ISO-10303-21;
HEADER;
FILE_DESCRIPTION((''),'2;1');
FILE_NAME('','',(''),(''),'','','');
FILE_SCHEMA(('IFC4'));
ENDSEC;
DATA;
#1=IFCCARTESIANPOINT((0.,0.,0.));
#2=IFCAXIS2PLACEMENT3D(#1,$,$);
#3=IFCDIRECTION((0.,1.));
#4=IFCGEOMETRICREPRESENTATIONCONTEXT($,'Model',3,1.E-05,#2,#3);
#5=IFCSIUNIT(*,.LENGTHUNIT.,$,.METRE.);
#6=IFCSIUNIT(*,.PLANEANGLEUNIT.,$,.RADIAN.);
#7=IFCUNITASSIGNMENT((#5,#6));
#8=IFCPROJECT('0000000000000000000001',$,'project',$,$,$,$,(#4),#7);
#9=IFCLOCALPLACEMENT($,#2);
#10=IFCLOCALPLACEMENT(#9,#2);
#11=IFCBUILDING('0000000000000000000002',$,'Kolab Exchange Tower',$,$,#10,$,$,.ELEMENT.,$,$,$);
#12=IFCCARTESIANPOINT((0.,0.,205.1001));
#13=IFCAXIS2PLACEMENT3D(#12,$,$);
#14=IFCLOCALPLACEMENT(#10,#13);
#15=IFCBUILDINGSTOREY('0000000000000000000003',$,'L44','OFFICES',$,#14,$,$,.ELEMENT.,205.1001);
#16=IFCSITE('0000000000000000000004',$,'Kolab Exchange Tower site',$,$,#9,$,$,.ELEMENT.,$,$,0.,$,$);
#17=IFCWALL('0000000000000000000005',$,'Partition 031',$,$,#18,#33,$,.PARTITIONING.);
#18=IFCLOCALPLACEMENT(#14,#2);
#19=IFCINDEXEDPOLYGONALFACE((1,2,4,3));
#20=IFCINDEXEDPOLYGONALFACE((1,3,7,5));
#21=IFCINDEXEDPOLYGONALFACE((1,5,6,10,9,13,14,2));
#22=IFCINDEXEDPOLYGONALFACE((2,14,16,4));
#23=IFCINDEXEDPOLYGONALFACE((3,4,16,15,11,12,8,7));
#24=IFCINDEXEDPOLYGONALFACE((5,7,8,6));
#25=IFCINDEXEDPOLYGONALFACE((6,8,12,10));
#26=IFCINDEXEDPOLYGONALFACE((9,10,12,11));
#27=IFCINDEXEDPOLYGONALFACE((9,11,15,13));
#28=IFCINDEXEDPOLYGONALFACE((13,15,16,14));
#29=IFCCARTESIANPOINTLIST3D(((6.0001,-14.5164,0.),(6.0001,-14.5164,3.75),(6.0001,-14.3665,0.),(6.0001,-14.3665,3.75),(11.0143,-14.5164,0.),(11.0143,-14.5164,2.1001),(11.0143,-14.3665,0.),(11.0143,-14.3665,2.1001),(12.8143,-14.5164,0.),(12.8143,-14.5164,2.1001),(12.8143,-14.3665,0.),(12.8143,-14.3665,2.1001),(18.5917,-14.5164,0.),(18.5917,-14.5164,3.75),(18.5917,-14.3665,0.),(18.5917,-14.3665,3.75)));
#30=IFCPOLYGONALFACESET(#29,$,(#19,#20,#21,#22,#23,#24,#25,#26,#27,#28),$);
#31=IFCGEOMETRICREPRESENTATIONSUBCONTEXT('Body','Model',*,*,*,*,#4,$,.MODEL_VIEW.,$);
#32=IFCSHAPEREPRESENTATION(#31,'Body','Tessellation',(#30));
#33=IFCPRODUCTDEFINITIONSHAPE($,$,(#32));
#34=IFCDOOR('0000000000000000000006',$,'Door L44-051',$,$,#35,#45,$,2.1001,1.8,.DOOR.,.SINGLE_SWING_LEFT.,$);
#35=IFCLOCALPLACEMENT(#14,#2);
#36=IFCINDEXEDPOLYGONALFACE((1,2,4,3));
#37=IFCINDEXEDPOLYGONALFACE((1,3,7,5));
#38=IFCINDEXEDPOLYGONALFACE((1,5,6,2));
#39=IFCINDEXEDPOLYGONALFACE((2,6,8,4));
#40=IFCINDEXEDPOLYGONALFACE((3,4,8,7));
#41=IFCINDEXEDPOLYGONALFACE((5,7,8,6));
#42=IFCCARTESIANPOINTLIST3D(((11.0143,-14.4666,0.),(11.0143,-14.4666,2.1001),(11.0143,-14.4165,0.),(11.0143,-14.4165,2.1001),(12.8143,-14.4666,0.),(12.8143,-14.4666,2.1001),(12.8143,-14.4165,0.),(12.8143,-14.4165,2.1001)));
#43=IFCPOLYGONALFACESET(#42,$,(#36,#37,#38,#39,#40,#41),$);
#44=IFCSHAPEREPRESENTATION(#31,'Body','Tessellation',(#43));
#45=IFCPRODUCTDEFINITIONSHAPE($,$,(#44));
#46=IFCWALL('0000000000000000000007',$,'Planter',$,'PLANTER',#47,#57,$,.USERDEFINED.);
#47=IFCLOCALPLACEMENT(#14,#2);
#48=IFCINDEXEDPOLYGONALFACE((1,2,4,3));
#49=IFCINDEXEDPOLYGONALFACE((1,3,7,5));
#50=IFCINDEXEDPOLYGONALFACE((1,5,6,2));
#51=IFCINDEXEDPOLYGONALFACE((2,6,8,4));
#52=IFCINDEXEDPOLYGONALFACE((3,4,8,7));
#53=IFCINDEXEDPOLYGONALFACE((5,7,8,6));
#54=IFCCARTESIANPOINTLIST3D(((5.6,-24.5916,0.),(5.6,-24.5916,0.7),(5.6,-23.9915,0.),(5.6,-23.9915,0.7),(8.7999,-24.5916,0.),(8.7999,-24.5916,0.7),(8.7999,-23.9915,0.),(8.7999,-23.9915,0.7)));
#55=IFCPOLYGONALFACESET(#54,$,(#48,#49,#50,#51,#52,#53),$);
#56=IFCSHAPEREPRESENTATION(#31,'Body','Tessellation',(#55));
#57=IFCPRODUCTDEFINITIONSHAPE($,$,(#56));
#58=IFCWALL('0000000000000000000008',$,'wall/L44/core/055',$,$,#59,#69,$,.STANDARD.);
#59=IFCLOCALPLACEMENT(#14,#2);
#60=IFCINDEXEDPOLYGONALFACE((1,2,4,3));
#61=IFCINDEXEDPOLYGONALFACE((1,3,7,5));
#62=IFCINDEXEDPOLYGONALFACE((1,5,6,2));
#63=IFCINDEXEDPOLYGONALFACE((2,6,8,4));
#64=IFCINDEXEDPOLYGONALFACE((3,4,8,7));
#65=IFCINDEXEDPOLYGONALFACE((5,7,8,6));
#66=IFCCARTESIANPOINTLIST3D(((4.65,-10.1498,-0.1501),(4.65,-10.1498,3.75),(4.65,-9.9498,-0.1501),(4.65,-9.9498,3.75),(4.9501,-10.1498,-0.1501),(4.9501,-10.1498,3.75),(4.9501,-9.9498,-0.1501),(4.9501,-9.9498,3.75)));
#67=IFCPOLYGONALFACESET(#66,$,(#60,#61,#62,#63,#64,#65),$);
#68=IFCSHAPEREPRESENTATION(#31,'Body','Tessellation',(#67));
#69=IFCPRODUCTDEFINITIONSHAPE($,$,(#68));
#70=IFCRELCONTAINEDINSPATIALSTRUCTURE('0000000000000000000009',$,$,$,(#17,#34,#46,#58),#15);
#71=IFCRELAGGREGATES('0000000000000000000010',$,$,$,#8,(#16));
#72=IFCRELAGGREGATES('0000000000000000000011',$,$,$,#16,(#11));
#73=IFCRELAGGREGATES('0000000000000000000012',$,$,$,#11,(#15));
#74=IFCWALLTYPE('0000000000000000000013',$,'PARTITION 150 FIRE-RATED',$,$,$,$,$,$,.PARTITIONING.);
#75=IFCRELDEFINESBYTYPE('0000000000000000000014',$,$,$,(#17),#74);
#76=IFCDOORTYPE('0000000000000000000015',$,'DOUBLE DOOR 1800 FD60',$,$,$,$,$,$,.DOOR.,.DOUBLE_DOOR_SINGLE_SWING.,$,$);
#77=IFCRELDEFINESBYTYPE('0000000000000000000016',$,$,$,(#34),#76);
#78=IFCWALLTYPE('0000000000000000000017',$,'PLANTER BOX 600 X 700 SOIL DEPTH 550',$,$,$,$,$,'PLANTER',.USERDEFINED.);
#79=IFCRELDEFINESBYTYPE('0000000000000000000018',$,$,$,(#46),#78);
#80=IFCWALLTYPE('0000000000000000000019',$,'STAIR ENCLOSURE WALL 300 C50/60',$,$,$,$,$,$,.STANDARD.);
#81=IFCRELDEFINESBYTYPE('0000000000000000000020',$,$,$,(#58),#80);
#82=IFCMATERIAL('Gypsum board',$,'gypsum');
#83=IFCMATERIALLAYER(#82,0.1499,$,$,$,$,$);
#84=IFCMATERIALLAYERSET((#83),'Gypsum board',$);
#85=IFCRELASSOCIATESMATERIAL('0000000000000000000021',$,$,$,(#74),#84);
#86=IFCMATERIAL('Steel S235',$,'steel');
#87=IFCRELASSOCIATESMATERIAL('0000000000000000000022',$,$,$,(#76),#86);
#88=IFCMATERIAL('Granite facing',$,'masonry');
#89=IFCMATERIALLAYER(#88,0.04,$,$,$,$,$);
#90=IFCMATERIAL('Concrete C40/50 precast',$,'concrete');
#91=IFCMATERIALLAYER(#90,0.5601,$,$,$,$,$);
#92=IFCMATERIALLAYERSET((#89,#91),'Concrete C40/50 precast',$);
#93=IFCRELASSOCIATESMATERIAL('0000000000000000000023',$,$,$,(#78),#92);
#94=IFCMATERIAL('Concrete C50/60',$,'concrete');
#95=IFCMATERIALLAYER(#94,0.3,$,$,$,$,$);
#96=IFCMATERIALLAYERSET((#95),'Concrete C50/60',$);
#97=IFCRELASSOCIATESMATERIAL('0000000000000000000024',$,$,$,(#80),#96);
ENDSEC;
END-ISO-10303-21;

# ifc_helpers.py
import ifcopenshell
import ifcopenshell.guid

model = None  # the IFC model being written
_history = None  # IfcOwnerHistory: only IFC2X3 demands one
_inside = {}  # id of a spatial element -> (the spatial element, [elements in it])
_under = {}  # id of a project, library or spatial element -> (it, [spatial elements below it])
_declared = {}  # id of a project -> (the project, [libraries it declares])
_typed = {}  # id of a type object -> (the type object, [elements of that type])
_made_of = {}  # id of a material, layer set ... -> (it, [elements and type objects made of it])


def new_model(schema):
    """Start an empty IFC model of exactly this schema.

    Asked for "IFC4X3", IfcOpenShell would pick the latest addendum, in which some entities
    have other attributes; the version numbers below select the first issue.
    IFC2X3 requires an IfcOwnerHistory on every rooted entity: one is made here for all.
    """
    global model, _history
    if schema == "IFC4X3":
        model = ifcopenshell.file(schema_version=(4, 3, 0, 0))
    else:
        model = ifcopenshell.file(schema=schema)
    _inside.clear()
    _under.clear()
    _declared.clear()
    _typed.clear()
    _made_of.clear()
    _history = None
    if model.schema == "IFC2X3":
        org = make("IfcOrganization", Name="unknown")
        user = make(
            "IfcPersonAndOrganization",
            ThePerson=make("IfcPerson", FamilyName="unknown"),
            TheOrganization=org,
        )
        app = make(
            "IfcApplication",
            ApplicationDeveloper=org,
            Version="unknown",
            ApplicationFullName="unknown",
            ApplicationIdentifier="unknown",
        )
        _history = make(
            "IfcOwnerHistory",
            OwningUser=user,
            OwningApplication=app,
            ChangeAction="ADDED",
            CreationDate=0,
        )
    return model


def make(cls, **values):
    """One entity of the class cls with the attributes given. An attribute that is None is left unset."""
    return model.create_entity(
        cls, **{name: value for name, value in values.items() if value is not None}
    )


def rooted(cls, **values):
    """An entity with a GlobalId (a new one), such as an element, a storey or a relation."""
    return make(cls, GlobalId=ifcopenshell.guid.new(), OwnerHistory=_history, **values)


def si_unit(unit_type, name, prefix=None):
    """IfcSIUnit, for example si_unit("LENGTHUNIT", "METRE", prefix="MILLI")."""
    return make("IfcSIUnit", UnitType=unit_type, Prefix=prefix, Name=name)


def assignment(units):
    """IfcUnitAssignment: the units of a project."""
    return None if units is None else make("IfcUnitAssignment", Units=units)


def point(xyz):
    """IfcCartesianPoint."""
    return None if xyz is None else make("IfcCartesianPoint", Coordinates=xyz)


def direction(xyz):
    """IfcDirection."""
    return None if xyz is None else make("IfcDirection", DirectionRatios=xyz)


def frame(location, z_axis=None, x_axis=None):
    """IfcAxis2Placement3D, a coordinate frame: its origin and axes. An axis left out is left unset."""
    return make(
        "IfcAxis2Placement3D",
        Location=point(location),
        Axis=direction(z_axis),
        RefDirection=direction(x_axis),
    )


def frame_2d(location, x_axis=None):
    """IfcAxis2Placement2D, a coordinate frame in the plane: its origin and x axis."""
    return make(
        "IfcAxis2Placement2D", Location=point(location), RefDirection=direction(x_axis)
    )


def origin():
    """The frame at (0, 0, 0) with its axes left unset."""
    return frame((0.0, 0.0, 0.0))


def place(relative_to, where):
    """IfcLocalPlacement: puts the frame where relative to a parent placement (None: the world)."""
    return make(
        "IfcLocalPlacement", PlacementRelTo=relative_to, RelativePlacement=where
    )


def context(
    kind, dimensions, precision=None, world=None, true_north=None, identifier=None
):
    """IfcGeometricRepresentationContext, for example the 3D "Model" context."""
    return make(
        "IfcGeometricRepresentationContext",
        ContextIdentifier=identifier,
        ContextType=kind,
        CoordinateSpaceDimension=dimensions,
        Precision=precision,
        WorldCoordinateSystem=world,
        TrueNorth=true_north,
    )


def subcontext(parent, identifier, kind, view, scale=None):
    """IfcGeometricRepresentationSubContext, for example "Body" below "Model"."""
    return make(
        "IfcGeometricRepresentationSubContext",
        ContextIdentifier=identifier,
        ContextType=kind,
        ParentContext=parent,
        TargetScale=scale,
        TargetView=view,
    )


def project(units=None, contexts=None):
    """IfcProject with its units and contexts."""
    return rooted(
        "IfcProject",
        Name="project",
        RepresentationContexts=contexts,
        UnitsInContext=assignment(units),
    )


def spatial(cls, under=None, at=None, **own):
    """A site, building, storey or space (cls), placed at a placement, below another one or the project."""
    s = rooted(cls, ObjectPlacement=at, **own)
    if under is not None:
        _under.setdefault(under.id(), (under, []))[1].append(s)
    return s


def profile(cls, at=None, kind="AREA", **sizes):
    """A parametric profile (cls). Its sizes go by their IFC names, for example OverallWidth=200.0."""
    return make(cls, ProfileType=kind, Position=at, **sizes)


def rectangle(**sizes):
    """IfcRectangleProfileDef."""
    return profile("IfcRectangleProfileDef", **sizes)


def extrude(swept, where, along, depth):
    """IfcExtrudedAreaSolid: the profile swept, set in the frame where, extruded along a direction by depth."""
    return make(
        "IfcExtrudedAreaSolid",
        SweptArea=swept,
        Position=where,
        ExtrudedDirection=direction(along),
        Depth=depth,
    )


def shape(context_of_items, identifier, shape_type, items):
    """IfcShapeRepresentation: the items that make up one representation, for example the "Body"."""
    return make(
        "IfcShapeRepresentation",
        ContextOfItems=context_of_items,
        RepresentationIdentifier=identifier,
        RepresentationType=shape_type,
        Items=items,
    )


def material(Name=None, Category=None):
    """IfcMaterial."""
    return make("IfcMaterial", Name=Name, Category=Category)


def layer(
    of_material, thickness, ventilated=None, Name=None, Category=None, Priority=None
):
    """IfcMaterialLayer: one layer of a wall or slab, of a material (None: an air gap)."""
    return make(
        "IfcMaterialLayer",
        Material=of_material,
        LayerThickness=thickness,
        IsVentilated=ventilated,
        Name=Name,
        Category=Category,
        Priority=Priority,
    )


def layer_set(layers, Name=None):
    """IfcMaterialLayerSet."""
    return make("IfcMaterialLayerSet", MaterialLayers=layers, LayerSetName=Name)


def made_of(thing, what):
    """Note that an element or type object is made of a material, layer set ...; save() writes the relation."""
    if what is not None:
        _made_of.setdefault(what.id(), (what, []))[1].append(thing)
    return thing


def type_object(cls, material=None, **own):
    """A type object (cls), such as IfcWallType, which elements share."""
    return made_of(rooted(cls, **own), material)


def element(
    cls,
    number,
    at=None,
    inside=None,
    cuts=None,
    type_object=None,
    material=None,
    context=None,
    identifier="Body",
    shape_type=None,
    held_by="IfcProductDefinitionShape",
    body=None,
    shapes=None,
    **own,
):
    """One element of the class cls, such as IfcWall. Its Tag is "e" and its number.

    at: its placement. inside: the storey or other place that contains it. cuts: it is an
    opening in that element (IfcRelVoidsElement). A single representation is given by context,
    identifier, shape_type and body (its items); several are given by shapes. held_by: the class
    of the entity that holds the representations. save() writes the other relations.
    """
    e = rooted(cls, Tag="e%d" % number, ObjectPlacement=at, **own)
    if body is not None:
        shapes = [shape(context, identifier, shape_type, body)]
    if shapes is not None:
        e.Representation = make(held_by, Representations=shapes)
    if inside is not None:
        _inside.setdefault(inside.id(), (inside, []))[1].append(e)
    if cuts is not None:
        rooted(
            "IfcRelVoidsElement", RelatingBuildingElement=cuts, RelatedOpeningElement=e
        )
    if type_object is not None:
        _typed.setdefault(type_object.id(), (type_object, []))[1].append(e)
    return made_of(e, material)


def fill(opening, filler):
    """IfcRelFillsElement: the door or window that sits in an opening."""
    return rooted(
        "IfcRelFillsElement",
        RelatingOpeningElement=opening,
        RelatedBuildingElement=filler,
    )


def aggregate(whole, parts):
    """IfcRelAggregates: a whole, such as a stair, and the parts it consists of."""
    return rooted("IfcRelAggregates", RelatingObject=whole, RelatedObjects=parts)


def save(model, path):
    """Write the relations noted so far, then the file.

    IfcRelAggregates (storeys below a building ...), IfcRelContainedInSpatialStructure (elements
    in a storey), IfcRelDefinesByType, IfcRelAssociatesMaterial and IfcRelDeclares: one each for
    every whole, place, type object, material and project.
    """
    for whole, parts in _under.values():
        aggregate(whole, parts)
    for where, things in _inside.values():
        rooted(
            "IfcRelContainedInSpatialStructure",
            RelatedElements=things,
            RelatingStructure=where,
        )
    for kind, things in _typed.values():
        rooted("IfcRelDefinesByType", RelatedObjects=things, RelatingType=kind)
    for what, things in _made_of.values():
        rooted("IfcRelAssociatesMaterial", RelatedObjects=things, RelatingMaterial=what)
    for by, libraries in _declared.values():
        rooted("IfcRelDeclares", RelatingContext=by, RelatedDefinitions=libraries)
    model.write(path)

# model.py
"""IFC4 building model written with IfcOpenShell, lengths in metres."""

from ifc_helpers import new_model, si_unit, direction, frame, frame_2d, origin, place, context, subcontext, project, spatial, rectangle, extrude, material, layer, layer_set, type_object, element, fill, save


model = new_model("IFC4")

# Units and contexts
model_context = context("Model", 3, precision=1e-05, world=origin(), true_north=direction((0.0, 1.0)))
body_context = subcontext(model_context, "Body", "Model", "MODEL_VIEW")
ifc_project = project(units=[si_unit("LENGTHUNIT", "METRE"), si_unit("PLANEANGLEUNIT", "RADIAN")], contexts=[model_context])

# Site, building, storey
site_placement = place(None, origin())
site = spatial("IfcSite", under=ifc_project, at=site_placement, Name="Kolab Exchange Tower site", CompositionType="ELEMENT", RefElevation=0.0)
building_placement = place(site_placement, origin())
building = spatial("IfcBuilding", under=site, at=building_placement, Name="Kolab Exchange Tower", CompositionType="ELEMENT")
storey_placement = place(building_placement, frame((0.0, 0.0, 205.1001)))
storey = spatial("IfcBuildingStorey", under=building, at=storey_placement, Name="L44", Description="OFFICES", CompositionType="ELEMENT", Elevation=205.1001)

# Shared definitions
ifc_material_1 = material(Name="Gypsum board", Category="gypsum")

# Wall, opening, door
ifc_layer_1 = layer(ifc_material_1, 0.1499)
ifc_layer_set_1 = layer_set([ifc_layer_1], Name="Gypsum board")
wall_type_1 = type_object("IfcWallType", Name="PARTITION 150 FIRE-RATED", PredefinedType="PARTITIONING", material=ifc_layer_set_1)
ifc_material_2 = material(Name="Steel S235", Category="steel")
wall_1_placement = place(storey_placement, frame((6.0, -14.4414, 0.0), z_axis=(0.0, 0.0, 1.0), x_axis=(1.0, 0.0, 0.0)))
wall_1 = element("IfcWall", 1, at=wall_1_placement, inside=storey, type_object=wall_type_1, Name="Partition 031", PredefinedType="PARTITIONING", context=body_context, shape_type="SweptSolid", body=[
    extrude(rectangle(XDim=12.5916, YDim=0.1499, at=frame_2d((6.2959, 0.0))), origin(), (0.0, 0.0, 1.0), 3.75),
])
opening_1_placement = place(wall_1_placement, frame((5.0144, 0.0, 0.0)))
opening_1 = element("IfcOpeningElement", 2, at=opening_1_placement, cuts=wall_1, PredefinedType="OPENING", context=body_context, shape_type="SweptSolid", body=[
    extrude(rectangle(XDim=1.8, YDim=2.1001, at=frame_2d((0.8999, 1.05))), frame((0.0, 0.085, 0.0), z_axis=(0.0, -1.0, 0.0), x_axis=(1.0, 0.0, 0.0)), (0.0, 0.0, 1.0), 0.1699),
])
door_type_1 = type_object("IfcDoorType", Name="DOUBLE DOOR 1800 FD60", OperationType="DOUBLE_DOOR_SINGLE_SWING", PredefinedType="DOOR", material=ifc_material_2)
door_1_placement = place(opening_1_placement, origin())
door_1 = element("IfcDoor", 3, at=door_1_placement, inside=storey, type_object=door_type_1, Name="Door L44-051", OperationType="SINGLE_SWING_LEFT", OverallHeight=2.1001, OverallWidth=1.8, PredefinedType="DOOR", context=body_context, shape_type="SweptSolid", body=[
    extrude(rectangle(XDim=1.8, YDim=2.1001, at=frame_2d((0.8999, 1.05))), frame((0.0, 0.0249, 0.0), z_axis=(0.0, -1.0, 0.0), x_axis=(1.0, 0.0, 0.0)), (0.0, 0.0, 1.0), 0.05),
])
fill(opening_1, door_1)

# Walls
ifc_material_3 = material(Name="Granite facing", Category="masonry")
ifc_layer_2 = layer(ifc_material_3, 0.04)
ifc_material_4 = material(Name="Concrete C40/50 precast", Category="concrete")
ifc_layer_3 = layer(ifc_material_4, 0.5601)
ifc_layer_set_2 = layer_set([ifc_layer_2, ifc_layer_3], Name="Concrete C40/50 precast")
wall_type_2 = type_object("IfcWallType", Name="PLANTER BOX 600 X 700 SOIL DEPTH 550", ElementType="PLANTER", PredefinedType="USERDEFINED", material=ifc_layer_set_2)
wall_2_placement = place(storey_placement, frame((8.8, -24.2915, 0.0), z_axis=(0.0, 0.0, 1.0), x_axis=(-1.0, 0.0, 0.0)))
element("IfcWall", 4, at=wall_2_placement, inside=storey, type_object=wall_type_2, Name="Planter", ObjectType="PLANTER", PredefinedType="USERDEFINED", context=body_context, shape_type="SweptSolid", body=[
    extrude(rectangle(XDim=3.2, YDim=0.6001, at=frame_2d((1.6001, 0.0))), origin(), (0.0, 0.0, 1.0), 0.7),
])
ifc_material_5 = material(Name="Concrete C50/60", Category="concrete")
ifc_layer_4 = layer(ifc_material_5, 0.3)
ifc_layer_set_3 = layer_set([ifc_layer_4], Name="Concrete C50/60")
wall_type_3 = type_object("IfcWallType", Name="STAIR ENCLOSURE WALL 300 C50/60", PredefinedType="STANDARD", material=ifc_layer_set_3)
wall_3_placement = place(storey_placement, frame((4.8, -10.1499, -0.1501), z_axis=(0.0, 0.0, 1.0), x_axis=(0.0, 1.0, 0.0)))
element("IfcWall", 5, at=wall_3_placement, inside=storey, type_object=wall_type_3, Name="wall/L44/core/055", PredefinedType="STANDARD", context=body_context, shape_type="SweptSolid", body=[
    extrude(rectangle(XDim=0.2, YDim=0.3, at=frame_2d((0.1001, 0.0))), origin(), (0.0, 0.0, 1.0), 3.9001),
])

save(model, "model.ifc")
